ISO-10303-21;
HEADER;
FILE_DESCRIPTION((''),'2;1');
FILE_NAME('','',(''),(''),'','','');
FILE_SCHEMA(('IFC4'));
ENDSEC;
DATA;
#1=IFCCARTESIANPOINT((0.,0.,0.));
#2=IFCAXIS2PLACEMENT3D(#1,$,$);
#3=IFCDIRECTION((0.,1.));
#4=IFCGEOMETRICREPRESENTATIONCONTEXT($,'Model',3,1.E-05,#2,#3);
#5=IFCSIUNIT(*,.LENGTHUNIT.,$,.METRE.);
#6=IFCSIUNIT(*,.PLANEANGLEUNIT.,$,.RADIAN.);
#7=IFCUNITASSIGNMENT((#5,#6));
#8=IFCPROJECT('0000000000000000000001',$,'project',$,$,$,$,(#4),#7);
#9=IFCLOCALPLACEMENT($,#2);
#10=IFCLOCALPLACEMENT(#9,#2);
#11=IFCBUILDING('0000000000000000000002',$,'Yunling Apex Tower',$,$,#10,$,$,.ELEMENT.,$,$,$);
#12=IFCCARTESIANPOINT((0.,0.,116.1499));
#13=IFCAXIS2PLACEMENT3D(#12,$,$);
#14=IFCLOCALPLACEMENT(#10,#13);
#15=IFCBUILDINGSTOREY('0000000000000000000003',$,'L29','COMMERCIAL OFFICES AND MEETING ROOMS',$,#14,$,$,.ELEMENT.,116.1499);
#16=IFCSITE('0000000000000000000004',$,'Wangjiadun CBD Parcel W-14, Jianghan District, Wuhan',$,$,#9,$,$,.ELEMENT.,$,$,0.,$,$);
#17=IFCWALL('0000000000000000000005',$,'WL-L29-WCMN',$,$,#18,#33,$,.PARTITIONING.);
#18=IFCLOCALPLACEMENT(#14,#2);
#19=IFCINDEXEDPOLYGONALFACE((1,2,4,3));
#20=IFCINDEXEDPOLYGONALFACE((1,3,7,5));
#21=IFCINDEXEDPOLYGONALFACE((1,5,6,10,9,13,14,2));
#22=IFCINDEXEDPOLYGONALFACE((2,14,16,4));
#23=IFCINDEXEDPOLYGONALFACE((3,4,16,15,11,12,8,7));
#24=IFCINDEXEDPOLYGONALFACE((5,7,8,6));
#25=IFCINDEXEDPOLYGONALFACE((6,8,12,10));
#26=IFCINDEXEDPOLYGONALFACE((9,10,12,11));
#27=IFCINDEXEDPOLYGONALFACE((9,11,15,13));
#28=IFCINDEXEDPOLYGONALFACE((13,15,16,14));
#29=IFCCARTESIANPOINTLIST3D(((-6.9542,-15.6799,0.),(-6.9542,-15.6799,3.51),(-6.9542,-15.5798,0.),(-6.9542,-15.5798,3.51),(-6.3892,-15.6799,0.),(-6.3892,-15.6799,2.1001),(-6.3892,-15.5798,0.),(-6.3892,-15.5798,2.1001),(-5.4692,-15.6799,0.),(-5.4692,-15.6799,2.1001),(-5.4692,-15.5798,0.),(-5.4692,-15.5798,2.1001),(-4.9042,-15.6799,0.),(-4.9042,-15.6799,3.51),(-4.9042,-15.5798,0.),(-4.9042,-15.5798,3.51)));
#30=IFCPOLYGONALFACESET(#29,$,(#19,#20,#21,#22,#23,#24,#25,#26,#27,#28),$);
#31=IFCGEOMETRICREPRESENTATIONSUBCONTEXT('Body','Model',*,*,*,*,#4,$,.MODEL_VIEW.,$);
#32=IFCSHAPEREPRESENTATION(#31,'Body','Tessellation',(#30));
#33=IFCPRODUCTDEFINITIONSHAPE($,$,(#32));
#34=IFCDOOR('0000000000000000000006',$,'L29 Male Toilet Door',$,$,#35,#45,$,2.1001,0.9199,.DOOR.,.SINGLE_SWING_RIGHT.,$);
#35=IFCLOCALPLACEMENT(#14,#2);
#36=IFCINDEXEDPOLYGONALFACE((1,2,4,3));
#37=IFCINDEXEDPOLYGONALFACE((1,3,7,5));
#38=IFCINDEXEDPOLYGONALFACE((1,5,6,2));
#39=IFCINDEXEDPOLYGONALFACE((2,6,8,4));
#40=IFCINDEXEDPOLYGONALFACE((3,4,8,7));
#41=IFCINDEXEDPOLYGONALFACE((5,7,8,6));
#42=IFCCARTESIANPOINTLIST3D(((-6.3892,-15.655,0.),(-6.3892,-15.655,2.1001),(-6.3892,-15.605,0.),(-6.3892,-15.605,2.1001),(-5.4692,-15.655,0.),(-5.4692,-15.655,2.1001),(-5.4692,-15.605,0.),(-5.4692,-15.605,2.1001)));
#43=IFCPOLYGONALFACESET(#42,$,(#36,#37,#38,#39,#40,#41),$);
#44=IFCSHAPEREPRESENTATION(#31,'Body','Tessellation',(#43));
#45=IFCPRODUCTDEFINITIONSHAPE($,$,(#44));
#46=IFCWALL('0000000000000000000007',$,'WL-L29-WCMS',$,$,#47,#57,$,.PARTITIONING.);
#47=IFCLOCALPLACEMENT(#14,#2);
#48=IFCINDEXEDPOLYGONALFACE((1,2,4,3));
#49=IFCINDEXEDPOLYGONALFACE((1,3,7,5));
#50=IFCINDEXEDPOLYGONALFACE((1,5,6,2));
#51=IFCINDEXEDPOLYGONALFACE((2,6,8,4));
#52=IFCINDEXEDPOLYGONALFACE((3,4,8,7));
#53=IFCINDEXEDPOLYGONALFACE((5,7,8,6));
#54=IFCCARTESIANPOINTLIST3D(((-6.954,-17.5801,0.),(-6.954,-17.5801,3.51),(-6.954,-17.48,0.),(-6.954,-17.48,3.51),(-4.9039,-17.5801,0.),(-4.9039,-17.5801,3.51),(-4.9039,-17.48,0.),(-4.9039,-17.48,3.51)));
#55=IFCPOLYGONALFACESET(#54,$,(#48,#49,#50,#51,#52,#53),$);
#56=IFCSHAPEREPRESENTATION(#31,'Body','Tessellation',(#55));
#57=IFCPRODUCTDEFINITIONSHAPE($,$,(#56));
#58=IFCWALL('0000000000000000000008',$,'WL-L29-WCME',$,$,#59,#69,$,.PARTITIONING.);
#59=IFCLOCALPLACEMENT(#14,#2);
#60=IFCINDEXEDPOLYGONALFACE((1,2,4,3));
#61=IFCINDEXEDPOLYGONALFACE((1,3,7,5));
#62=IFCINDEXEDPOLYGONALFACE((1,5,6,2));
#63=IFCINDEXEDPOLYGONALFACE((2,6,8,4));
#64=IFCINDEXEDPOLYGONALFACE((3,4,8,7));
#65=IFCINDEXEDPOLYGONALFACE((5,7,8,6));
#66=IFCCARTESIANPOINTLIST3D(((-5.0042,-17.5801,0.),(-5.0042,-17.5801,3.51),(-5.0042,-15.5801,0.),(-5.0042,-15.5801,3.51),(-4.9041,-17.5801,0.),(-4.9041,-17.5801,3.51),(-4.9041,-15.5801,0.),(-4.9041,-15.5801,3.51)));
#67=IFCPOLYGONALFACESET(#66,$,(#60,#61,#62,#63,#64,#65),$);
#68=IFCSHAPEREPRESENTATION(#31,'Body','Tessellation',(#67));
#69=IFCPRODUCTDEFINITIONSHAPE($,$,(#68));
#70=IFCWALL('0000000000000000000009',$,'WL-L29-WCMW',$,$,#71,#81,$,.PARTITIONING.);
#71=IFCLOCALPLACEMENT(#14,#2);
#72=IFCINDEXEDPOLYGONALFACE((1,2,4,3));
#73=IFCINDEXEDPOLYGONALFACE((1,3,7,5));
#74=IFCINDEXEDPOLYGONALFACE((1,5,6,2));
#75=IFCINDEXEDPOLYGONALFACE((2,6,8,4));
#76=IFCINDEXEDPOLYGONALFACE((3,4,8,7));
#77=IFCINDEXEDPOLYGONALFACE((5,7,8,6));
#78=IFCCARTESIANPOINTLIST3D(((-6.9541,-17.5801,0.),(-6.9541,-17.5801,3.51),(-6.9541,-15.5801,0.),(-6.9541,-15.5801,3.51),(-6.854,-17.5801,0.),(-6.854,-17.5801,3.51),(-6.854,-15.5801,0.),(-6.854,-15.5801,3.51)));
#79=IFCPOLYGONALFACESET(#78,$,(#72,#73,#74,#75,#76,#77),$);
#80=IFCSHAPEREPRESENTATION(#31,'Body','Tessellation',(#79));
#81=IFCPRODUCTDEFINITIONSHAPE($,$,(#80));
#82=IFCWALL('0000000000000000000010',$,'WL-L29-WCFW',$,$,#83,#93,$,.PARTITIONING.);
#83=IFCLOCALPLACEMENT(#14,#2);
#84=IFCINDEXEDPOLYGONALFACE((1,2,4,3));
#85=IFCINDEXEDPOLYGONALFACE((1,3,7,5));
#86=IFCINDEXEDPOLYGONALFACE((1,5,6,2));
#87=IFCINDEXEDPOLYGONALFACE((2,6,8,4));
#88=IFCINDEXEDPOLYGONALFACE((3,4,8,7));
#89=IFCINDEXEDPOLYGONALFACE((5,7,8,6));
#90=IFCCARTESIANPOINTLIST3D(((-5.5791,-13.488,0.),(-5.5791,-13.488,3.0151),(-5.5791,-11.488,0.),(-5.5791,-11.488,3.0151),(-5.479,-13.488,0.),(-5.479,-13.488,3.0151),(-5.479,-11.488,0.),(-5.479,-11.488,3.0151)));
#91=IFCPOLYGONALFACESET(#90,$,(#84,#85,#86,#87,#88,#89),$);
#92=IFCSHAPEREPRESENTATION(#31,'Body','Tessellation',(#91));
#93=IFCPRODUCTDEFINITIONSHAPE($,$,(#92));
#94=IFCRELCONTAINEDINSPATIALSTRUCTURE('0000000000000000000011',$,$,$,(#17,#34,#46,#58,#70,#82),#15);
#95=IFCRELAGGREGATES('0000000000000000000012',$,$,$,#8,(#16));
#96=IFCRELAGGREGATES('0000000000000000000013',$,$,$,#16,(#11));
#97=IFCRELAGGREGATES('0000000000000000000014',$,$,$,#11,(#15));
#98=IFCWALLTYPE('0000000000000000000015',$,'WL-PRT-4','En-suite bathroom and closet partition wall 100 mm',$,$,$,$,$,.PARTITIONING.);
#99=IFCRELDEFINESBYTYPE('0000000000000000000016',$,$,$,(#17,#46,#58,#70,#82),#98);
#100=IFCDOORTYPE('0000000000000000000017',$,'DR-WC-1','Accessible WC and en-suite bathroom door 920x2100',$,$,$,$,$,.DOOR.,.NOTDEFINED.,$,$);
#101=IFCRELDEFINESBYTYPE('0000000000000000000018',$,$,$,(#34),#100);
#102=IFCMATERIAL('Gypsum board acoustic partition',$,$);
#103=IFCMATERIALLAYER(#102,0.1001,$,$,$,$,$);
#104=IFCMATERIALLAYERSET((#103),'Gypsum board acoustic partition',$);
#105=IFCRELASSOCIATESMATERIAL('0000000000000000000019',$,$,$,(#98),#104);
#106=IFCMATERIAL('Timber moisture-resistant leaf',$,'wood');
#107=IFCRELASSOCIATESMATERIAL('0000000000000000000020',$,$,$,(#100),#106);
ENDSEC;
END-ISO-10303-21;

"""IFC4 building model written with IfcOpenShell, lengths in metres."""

from ifc_helpers import new_model, si_unit, direction, frame, frame_2d, origin, place, context, subcontext, project, spatial, rectangle, extrude, material, layer, layer_set, type_object, element, fill, save


model = new_model("IFC4")

# Units and contexts
model_context = context("Model", 3, precision=1e-05, world=origin(), true_north=direction((0.0, 1.0)))
body_context = subcontext(model_context, "Body", "Model", "MODEL_VIEW")
ifc_project = project(units=[si_unit("LENGTHUNIT", "METRE"), si_unit("PLANEANGLEUNIT", "RADIAN")], contexts=[model_context])

# Site, building, storey
site_placement = place(None, origin())
site = spatial("IfcSite", under=ifc_project, at=site_placement, Name="Wangjiadun CBD Parcel W-14, Jianghan District, Wuhan", CompositionType="ELEMENT", RefElevation=0.0)
building_placement = place(site_placement, origin())
building = spatial("IfcBuilding", under=site, at=building_placement, Name="Yunling Apex Tower", CompositionType="ELEMENT")
storey_placement = place(building_placement, frame((0.0, 0.0, 116.1499)))
storey = spatial("IfcBuildingStorey", under=building, at=storey_placement, Name="L29", Description="COMMERCIAL OFFICES AND MEETING ROOMS", CompositionType="ELEMENT", Elevation=116.1499)

# Wall, opening, door
ifc_material_1 = material(Name="Gypsum board acoustic partition")
ifc_layer_1 = layer(ifc_material_1, 0.1001)
ifc_layer_set_1 = layer_set([ifc_layer_1], Name="Gypsum board acoustic partition")
wall_type = type_object("IfcWallType", Name="WL-PRT-4", Description="En-suite bathroom and closet partition wall 100 mm", PredefinedType="PARTITIONING", material=ifc_layer_set_1)
wall_1_placement = place(storey_placement, frame((-6.9541, -15.6299, 0.0), z_axis=(0.0, 0.0, 1.0), x_axis=(1.0, 0.0, 0.0)))
wall_1 = element("IfcWall", 1, at=wall_1_placement, inside=storey, type_object=wall_type, Name="WL-L29-WCMN", PredefinedType="PARTITIONING", context=body_context, shape_type="SweptSolid", body=[
    extrude(rectangle(XDim=2.05, YDim=0.1001, at=frame_2d((1.0249, 0.0))), origin(), (0.0, 0.0, 1.0), 3.51),
])
opening_placement = place(wall_1_placement, frame((0.5649, 0.0, 0.0)))
opening = element("IfcOpeningElement", 2, at=opening_placement, cuts=wall_1, PredefinedType="OPENING", context=body_context, shape_type="SweptSolid", body=[
    extrude(rectangle(XDim=0.9199, YDim=2.1001, at=frame_2d((0.46, 1.05))), frame((0.0, 0.0601, 0.0), z_axis=(0.0, -1.0, 0.0), x_axis=(1.0, 0.0, 0.0)), (0.0, 0.0, 1.0), 0.1201),
])
ifc_material_2 = material(Name="Timber moisture-resistant leaf", Category="wood")
door_type = type_object("IfcDoorType", Name="DR-WC-1", Description="Accessible WC and en-suite bathroom door 920x2100", OperationType="NOTDEFINED", PredefinedType="DOOR", material=ifc_material_2)
door_placement = place(opening_placement, origin())
door = element("IfcDoor", 3, at=door_placement, inside=storey, type_object=door_type, Name="L29 Male Toilet Door", OperationType="SINGLE_SWING_RIGHT", OverallHeight=2.1001, OverallWidth=0.9199, PredefinedType="DOOR", context=body_context, shape_type="SweptSolid", body=[
    extrude(rectangle(XDim=0.9199, YDim=2.1001, at=frame_2d((0.46, 1.05))), frame((0.0, 0.0249, 0.0), z_axis=(0.0, -1.0, 0.0), x_axis=(1.0, 0.0, 0.0)), (0.0, 0.0, 1.0), 0.05),
])
fill(opening, door)

# Walls
wall_2_placement = place(storey_placement, frame((-4.9041, -17.53, 0.0), z_axis=(0.0, 0.0, 1.0), x_axis=(-1.0, 0.0, 0.0)))
element("IfcWall", 4, at=wall_2_placement, inside=storey, type_object=wall_type, Name="WL-L29-WCMS", PredefinedType="PARTITIONING", context=body_context, shape_type="SweptSolid", body=[
    extrude(rectangle(XDim=2.05, YDim=0.1001, at=frame_2d((1.0249, 0.0))), origin(), (0.0, 0.0, 1.0), 3.51),
])
for number, where, z_axis, x_axis, name in (
    (5, (-4.9541, -15.5801, 0.0), (0.0, 0.0, 1.0), (0.0, -1.0, 0.0), "WL-L29-WCME"),
    (6, (-6.9041, -17.5801, 0.0), (0.0, 0.0, 1.0), (0.0, 1.0, 0.0), "WL-L29-WCMW"),
):
    element("IfcWall", number, at=place(storey_placement, frame(where, z_axis=z_axis, x_axis=x_axis)), inside=storey, type_object=wall_type, Name=name, PredefinedType="PARTITIONING", context=body_context, shape_type="SweptSolid", body=[
        extrude(rectangle(XDim=2.0, YDim=0.1001, at=frame_2d((1.0, 0.0))), origin(), (0.0, 0.0, 1.0), 3.51),
    ])
wall_3_placement = place(storey_placement, frame((-5.5291, -13.488, 0.0), z_axis=(0.0, 0.0, 1.0), x_axis=(0.0, 1.0, 0.0)))
element("IfcWall", 7, at=wall_3_placement, inside=storey, type_object=wall_type, Name="WL-L29-WCFW", PredefinedType="PARTITIONING", context=body_context, shape_type="SweptSolid", body=[
    extrude(rectangle(XDim=2.0, YDim=0.1001, at=frame_2d((1.0, 0.0))), origin(), (0.0, 0.0, 1.0), 3.0151),
])

save(model, "model.ifc")
